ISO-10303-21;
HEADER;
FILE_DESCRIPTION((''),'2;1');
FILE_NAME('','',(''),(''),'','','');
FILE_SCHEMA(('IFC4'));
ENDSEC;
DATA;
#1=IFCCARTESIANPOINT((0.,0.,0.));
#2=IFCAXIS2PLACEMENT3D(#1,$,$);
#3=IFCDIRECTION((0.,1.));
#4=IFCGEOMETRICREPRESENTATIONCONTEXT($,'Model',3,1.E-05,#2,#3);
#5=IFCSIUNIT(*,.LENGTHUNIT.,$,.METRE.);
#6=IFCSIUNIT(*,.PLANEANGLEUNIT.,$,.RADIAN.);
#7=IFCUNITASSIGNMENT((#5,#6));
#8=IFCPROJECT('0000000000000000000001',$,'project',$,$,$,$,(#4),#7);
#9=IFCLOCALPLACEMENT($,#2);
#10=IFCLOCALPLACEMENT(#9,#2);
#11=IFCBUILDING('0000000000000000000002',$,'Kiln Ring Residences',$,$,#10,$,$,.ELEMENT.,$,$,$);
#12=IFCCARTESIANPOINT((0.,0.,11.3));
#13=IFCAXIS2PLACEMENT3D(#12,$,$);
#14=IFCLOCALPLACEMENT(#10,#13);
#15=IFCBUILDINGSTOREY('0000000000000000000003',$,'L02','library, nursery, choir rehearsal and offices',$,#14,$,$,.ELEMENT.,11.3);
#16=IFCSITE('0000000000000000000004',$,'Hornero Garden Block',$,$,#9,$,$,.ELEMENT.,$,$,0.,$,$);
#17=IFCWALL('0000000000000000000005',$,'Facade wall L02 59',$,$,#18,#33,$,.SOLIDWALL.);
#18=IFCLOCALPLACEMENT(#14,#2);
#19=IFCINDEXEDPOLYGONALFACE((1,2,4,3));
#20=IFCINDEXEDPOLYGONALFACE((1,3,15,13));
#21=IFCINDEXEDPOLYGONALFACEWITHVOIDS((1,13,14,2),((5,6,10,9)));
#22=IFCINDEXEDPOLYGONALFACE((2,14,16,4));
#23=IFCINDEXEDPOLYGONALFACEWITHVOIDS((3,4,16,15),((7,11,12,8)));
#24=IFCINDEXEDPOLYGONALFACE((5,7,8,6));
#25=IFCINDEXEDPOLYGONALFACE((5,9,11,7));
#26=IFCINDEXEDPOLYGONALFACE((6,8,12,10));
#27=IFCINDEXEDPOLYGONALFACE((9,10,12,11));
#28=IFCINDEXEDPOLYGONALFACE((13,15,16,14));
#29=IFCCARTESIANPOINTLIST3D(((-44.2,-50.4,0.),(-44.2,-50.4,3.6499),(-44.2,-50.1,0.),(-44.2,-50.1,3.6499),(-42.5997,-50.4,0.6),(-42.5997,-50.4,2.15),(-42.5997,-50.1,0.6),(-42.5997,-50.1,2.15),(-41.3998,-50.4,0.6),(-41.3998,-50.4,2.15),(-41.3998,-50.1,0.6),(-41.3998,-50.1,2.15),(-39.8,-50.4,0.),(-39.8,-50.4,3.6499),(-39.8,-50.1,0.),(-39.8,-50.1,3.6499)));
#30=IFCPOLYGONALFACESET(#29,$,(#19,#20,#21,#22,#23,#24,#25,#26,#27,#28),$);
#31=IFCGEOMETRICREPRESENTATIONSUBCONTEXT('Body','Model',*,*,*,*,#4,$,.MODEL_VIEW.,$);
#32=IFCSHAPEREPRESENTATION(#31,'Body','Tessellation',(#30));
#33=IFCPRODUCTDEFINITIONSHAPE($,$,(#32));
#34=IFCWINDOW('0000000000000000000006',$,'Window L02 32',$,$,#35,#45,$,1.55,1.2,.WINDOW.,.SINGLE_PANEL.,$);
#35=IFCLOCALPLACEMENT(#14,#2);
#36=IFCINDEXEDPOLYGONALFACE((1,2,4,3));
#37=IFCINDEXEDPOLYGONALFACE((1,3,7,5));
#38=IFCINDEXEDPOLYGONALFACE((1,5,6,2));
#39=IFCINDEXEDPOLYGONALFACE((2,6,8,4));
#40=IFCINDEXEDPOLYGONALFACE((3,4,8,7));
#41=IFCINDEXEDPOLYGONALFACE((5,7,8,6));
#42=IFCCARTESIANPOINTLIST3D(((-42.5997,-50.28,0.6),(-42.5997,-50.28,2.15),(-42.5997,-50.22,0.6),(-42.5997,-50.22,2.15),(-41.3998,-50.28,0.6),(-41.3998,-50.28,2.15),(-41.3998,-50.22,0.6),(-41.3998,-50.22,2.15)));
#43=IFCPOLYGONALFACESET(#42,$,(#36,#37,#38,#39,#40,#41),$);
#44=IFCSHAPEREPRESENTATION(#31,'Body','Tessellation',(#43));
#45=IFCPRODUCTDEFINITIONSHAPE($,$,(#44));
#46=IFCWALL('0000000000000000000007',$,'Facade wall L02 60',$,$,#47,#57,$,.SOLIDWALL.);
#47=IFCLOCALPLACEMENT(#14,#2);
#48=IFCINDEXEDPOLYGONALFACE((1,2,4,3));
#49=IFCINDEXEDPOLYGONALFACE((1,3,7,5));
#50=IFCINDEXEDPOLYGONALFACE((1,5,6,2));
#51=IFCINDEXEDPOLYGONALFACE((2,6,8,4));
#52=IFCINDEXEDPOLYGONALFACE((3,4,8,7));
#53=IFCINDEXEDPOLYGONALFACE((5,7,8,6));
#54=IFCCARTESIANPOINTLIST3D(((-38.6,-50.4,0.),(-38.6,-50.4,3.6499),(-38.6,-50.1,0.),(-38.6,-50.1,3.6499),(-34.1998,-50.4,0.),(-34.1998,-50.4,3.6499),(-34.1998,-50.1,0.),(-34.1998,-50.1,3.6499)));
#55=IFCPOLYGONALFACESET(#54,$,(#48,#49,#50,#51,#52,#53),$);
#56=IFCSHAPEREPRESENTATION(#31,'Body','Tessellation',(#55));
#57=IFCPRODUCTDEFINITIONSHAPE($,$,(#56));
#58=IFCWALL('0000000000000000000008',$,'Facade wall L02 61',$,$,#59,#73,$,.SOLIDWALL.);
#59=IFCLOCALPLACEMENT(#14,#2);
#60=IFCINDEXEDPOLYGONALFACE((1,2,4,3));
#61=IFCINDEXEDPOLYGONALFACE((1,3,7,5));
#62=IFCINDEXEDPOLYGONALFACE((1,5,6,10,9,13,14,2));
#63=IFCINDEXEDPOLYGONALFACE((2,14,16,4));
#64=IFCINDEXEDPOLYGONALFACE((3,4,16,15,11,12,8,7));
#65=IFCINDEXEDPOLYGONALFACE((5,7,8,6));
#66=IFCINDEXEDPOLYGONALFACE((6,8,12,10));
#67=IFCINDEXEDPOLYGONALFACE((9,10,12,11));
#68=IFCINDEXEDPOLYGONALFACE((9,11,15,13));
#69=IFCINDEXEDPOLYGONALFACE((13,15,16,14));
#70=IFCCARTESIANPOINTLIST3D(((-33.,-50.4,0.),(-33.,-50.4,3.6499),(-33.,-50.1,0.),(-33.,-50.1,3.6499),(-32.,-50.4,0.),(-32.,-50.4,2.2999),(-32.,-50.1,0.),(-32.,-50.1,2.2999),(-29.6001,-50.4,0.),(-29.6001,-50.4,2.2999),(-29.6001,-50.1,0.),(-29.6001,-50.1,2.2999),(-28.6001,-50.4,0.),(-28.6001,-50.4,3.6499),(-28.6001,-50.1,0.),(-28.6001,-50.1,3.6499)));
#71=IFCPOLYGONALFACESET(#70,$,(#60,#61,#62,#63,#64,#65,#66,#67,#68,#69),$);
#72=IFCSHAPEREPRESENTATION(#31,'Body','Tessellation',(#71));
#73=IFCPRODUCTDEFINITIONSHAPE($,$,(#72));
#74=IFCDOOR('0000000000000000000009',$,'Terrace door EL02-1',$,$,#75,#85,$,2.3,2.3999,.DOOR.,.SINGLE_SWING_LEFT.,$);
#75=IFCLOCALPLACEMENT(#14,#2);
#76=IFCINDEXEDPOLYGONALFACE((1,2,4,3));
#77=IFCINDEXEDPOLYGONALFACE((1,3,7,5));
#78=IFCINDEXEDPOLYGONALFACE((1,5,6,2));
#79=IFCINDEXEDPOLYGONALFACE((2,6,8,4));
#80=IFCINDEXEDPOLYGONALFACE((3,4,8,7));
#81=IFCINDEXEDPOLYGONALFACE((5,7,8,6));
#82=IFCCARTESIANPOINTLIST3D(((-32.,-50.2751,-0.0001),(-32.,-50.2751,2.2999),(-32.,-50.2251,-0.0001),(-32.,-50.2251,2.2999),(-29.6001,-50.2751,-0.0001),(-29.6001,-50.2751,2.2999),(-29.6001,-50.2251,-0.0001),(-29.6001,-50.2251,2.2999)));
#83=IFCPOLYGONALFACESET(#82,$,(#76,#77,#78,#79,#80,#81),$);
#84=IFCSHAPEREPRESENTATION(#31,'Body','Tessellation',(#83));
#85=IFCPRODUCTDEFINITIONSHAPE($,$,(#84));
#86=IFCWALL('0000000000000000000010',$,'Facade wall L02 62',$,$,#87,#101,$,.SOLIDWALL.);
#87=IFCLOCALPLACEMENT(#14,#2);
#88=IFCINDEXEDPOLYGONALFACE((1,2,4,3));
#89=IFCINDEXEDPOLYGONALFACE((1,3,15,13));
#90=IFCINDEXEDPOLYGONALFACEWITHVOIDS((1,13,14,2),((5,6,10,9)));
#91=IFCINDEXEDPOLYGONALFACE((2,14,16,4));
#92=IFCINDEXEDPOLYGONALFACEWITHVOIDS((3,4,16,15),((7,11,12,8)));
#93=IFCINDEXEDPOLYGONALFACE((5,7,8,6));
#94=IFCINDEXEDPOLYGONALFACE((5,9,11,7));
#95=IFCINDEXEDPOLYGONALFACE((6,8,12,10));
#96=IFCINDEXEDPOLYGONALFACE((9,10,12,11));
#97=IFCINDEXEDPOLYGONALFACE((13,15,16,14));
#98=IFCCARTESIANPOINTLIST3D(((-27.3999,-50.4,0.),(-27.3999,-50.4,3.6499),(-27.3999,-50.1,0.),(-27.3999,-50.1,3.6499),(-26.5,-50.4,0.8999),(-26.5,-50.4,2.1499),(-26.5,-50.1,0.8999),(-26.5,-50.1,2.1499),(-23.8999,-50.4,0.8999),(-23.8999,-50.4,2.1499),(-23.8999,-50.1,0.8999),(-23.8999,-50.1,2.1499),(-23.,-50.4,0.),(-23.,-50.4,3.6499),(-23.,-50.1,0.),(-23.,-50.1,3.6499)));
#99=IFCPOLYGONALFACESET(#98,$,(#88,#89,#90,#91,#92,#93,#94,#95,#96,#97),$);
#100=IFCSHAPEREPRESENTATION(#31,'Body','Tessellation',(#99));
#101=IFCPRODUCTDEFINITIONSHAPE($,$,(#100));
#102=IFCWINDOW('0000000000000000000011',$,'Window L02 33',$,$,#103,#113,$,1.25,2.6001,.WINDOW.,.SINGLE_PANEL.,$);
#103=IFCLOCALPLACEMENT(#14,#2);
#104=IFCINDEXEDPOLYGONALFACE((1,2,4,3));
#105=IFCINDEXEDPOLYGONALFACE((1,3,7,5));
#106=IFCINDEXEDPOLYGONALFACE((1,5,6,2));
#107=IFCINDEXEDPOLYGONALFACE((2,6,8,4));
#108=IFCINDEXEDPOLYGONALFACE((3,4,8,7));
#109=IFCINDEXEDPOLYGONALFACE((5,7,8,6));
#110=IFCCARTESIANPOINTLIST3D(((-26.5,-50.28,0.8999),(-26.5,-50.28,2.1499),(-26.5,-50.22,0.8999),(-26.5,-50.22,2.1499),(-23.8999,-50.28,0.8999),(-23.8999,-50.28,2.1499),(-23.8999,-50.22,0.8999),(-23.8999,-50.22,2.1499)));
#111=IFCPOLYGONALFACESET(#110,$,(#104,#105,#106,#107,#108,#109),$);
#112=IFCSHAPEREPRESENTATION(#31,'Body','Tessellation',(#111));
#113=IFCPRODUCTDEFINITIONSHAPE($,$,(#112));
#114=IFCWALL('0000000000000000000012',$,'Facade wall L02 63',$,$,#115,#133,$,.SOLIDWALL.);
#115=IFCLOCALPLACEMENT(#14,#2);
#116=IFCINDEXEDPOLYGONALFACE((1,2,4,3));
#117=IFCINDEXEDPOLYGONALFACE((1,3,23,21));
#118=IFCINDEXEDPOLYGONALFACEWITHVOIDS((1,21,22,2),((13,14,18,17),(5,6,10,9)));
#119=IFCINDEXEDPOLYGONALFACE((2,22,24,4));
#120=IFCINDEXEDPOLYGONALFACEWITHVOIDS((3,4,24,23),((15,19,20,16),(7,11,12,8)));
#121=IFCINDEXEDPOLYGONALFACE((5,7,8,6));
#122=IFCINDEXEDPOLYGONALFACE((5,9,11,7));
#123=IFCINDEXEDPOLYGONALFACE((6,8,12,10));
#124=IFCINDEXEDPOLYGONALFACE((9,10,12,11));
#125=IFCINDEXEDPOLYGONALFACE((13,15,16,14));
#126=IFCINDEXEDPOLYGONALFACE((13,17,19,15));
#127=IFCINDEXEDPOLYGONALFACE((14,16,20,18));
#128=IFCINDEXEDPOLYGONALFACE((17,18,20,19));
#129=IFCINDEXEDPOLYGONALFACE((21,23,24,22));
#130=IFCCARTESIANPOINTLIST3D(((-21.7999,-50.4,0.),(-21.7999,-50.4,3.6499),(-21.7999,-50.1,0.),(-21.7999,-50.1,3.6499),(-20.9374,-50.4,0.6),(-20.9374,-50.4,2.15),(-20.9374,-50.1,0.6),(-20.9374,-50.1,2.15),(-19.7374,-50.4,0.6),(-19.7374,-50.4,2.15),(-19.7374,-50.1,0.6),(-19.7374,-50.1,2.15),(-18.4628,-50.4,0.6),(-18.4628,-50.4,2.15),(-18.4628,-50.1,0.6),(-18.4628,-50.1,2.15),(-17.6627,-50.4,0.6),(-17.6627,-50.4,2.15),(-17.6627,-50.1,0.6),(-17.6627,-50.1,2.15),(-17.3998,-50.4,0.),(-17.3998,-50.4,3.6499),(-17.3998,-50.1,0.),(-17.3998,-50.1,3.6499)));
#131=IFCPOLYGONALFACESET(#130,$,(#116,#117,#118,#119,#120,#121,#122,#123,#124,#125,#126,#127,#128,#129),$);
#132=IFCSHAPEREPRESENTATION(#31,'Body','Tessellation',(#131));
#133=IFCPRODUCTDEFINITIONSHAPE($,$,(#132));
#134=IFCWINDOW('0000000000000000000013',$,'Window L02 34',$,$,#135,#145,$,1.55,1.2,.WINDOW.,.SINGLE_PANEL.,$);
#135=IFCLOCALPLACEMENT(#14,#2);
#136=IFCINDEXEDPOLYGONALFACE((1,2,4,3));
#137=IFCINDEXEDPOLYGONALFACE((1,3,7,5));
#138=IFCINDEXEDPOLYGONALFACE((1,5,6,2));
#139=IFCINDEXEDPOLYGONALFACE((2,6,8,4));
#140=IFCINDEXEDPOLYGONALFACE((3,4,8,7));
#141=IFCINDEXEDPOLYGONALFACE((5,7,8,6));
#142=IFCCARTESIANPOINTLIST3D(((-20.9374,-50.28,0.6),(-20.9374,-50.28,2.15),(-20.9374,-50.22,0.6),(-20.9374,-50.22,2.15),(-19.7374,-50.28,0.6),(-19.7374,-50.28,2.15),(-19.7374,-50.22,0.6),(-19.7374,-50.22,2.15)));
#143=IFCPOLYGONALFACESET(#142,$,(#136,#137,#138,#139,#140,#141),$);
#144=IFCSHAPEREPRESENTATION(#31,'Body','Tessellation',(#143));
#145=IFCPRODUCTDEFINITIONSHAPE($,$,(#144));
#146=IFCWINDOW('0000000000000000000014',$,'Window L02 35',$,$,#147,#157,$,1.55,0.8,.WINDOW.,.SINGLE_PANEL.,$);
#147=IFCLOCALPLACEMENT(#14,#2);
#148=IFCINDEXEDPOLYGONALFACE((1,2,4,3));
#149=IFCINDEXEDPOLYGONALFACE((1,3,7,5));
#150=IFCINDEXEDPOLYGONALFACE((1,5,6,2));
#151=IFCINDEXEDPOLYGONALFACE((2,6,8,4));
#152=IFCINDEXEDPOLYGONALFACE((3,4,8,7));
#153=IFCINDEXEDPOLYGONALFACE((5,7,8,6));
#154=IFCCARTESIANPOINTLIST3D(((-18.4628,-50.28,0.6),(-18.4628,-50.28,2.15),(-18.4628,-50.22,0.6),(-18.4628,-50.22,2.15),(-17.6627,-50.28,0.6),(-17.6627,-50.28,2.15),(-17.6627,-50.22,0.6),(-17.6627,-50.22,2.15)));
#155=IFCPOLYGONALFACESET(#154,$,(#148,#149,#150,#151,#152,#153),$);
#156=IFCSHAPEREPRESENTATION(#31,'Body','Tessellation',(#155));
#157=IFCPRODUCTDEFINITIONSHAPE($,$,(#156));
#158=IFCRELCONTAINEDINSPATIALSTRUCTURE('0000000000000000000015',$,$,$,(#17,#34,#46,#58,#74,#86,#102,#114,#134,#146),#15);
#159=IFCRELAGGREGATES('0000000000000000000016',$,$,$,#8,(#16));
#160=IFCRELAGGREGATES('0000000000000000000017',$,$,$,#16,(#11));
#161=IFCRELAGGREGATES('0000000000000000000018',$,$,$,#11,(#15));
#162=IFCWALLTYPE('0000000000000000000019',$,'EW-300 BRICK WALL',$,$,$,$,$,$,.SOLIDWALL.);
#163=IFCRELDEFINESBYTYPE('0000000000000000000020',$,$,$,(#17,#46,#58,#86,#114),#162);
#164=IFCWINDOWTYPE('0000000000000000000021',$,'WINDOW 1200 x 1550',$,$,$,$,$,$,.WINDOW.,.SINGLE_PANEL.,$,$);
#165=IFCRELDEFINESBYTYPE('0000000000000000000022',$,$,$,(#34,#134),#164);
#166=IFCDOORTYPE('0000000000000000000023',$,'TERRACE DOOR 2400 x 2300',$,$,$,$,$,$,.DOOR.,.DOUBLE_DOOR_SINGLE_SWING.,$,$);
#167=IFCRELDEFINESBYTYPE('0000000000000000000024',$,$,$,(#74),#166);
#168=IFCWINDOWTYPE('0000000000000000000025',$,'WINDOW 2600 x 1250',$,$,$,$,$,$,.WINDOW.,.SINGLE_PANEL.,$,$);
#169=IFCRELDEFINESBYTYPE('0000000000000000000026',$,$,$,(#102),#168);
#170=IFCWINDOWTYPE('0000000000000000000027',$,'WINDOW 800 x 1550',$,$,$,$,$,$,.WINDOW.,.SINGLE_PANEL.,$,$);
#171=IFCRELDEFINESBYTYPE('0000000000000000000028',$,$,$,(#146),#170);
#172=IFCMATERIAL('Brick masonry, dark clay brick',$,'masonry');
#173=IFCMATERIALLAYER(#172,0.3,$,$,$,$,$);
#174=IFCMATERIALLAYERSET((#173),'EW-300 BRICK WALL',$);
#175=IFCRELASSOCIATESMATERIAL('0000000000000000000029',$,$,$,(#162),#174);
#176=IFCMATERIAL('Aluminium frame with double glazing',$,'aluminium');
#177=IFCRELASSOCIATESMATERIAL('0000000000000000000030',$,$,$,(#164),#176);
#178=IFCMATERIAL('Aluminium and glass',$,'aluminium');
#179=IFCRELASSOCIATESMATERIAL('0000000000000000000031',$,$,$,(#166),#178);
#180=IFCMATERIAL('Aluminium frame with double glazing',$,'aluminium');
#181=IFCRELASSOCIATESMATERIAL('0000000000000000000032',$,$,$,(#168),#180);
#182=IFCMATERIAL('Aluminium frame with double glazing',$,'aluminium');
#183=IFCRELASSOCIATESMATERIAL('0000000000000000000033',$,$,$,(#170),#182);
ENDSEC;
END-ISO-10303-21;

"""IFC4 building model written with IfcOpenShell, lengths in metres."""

from ifc_helpers import new_model, si_unit, direction, frame, frame_2d, origin, place, context, subcontext, project, spatial, rectangle, extrude, material, layer, layer_set, type_object, element, fill, save


model = new_model("IFC4")

# Units and contexts
model_context = context("Model", 3, precision=1e-05, world=origin(), true_north=direction((0.0, 1.0)))
body_context = subcontext(model_context, "Body", "Model", "MODEL_VIEW")
ifc_project = project(units=[si_unit("LENGTHUNIT", "METRE"), si_unit("PLANEANGLEUNIT", "RADIAN")], contexts=[model_context])

# Site, building, storey
site_placement = place(None, origin())
site = spatial("IfcSite", under=ifc_project, at=site_placement, Name="Hornero Garden Block", CompositionType="ELEMENT", RefElevation=0.0)
building_placement = place(site_placement, origin())
building = spatial("IfcBuilding", under=site, at=building_placement, Name="Kiln Ring Residences", CompositionType="ELEMENT")
storey_placement = place(building_placement, frame((0.0, 0.0, 11.3)))
storey = spatial("IfcBuildingStorey", under=building, at=storey_placement, Name="L02", Description="library, nursery, choir rehearsal and offices", CompositionType="ELEMENT", Elevation=11.3)

# Wall, opening, window
ifc_material_1 = material(Name="Brick masonry, dark clay brick", Category="masonry")
ifc_layer = layer(ifc_material_1, 0.3)
ifc_layer_set = layer_set([ifc_layer], Name="EW-300 BRICK WALL")
wall_type = type_object("IfcWallType", Name="EW-300 BRICK WALL", PredefinedType="SOLIDWALL", material=ifc_layer_set)
wall_1_placement = place(storey_placement, frame((-44.2, -50.25, 0.0), z_axis=(0.0, 0.0, 1.0), x_axis=(1.0, 0.0, 0.0)))
wall_1 = element("IfcWall", 1, at=wall_1_placement, inside=storey, type_object=wall_type, Name="Facade wall L02 59", PredefinedType="SOLIDWALL", context=body_context, shape_type="SweptSolid", body=[
    extrude(rectangle(XDim=4.3999, YDim=0.3, at=frame_2d((2.2, 0.0))), origin(), (0.0, 0.0, 1.0), 3.6499),
])
opening_1_placement = place(wall_1_placement, frame((1.6001, 0.0, 0.6001)))
opening_1 = element("IfcOpeningElement", 2, at=opening_1_placement, cuts=wall_1, PredefinedType="OPENING", context=body_context, shape_type="SweptSolid", body=[
    extrude(rectangle(XDim=1.2, YDim=1.55, at=frame_2d((0.6001, 0.7749))), frame((0.0, 0.1599, 0.0), z_axis=(0.0, -1.0, 0.0), x_axis=(1.0, 0.0, 0.0)), (0.0, 0.0, 1.0), 0.3201),
])
ifc_material_2 = material(Name="Aluminium frame with double glazing", Category="aluminium")
window_type_1 = type_object("IfcWindowType", Name="WINDOW 1200 x 1550", PartitioningType="SINGLE_PANEL", PredefinedType="WINDOW", material=ifc_material_2)
window_1_placement = place(opening_1_placement, origin())
window_1 = element("IfcWindow", 3, at=window_1_placement, inside=storey, type_object=window_type_1, Name="Window L02 32", OverallHeight=1.55, OverallWidth=1.2, PartitioningType="SINGLE_PANEL", PredefinedType="WINDOW", context=body_context, shape_type="SweptSolid", body=[
    extrude(rectangle(XDim=1.2, YDim=1.55, at=frame_2d((0.6001, 0.7749))), frame((0.0, 0.03, 0.0), z_axis=(0.0, -1.0, 0.0), x_axis=(1.0, 0.0, 0.0)), (0.0, 0.0, 1.0), 0.0601),
])
fill(opening_1, window_1)

# Wall
wall_2_placement = place(storey_placement, frame((-38.6001, -50.25, 0.0), z_axis=(0.0, 0.0, 1.0), x_axis=(1.0, 0.0, 0.0)))
element("IfcWall", 4, at=wall_2_placement, inside=storey, type_object=wall_type, Name="Facade wall L02 60", PredefinedType="SOLIDWALL", context=body_context, shape_type="SweptSolid", body=[
    extrude(rectangle(XDim=4.4001, YDim=0.3, at=frame_2d((2.2002, 0.0))), origin(), (0.0, 0.0, 1.0), 3.6499),
])

# Wall, opening, door
wall_3_placement = place(storey_placement, frame((-33.0, -50.25, 0.0), z_axis=(0.0, 0.0, 1.0), x_axis=(1.0, 0.0, 0.0)))
wall_3 = element("IfcWall", 5, at=wall_3_placement, inside=storey, type_object=wall_type, Name="Facade wall L02 61", PredefinedType="SOLIDWALL", context=body_context, shape_type="SweptSolid", body=[
    extrude(rectangle(XDim=4.3999, YDim=0.3, at=frame_2d((2.2, 0.0))), origin(), (0.0, 0.0, 1.0), 3.6499),
])
opening_2_placement = place(wall_3_placement, frame((1.0, 0.0, 0.0)))
opening_2 = element("IfcOpeningElement", 6, at=opening_2_placement, cuts=wall_3, PredefinedType="OPENING", context=body_context, shape_type="SweptSolid", body=[
    extrude(rectangle(XDim=2.3999, YDim=2.3, at=frame_2d((1.2, 1.1499))), frame((0.0, 0.1599, 0.0), z_axis=(0.0, -1.0, 0.0), x_axis=(1.0, 0.0, 0.0)), (0.0, 0.0, 1.0), 0.3201),
])
ifc_material_3 = material(Name="Aluminium and glass", Category="aluminium")
door_type = type_object("IfcDoorType", Name="TERRACE DOOR 2400 x 2300", OperationType="DOUBLE_DOOR_SINGLE_SWING", PredefinedType="DOOR", material=ifc_material_3)
door_placement = place(opening_2_placement, origin())
door = element("IfcDoor", 7, at=door_placement, inside=storey, type_object=door_type, Name="Terrace door EL02-1", OperationType="SINGLE_SWING_LEFT", OverallHeight=2.3, OverallWidth=2.3999, PredefinedType="DOOR", context=body_context, shape_type="SweptSolid", body=[
    extrude(rectangle(XDim=2.3999, YDim=2.3, at=frame_2d((1.2, 1.1499))), frame((0.0, 0.0249, 0.0), z_axis=(0.0, -1.0, 0.0), x_axis=(1.0, 0.0, 0.0)), (0.0, 0.0, 1.0), 0.05),
])
fill(opening_2, door)

# Wall, opening, window
wall_4_placement = place(storey_placement, frame((-27.3999, -50.25, 0.0), z_axis=(0.0, 0.0, 1.0), x_axis=(1.0, 0.0, 0.0)))
wall_4 = element("IfcWall", 8, at=wall_4_placement, inside=storey, type_object=wall_type, Name="Facade wall L02 62", PredefinedType="SOLIDWALL", context=body_context, shape_type="SweptSolid", body=[
    extrude(rectangle(XDim=4.3999, YDim=0.3, at=frame_2d((2.2, 0.0))), origin(), (0.0, 0.0, 1.0), 3.6499),
])
opening_3_placement = place(wall_4_placement, frame((0.8999, 0.0, 0.8999)))
opening_3 = element("IfcOpeningElement", 9, at=opening_3_placement, cuts=wall_4, PredefinedType="OPENING", context=body_context, shape_type="SweptSolid", body=[
    extrude(rectangle(XDim=2.6001, YDim=1.25, at=frame_2d((1.3, 0.625))), frame((0.0, 0.1599, 0.0), z_axis=(0.0, -1.0, 0.0), x_axis=(1.0, 0.0, 0.0)), (0.0, 0.0, 1.0), 0.3201),
])
ifc_material_4 = material(Name="Aluminium frame with double glazing", Category="aluminium")
window_type_2 = type_object("IfcWindowType", Name="WINDOW 2600 x 1250", PartitioningType="SINGLE_PANEL", PredefinedType="WINDOW", material=ifc_material_4)
window_2_placement = place(opening_3_placement, origin())
window_2 = element("IfcWindow", 10, at=window_2_placement, inside=storey, type_object=window_type_2, Name="Window L02 33", OverallHeight=1.25, OverallWidth=2.6001, PartitioningType="SINGLE_PANEL", PredefinedType="WINDOW", context=body_context, shape_type="SweptSolid", body=[
    extrude(rectangle(XDim=2.6001, YDim=1.25, at=frame_2d((1.3, 0.625))), frame((0.0, 0.03, 0.0), z_axis=(0.0, -1.0, 0.0), x_axis=(1.0, 0.0, 0.0)), (0.0, 0.0, 1.0), 0.0601),
])
fill(opening_3, window_2)

# Wall, openings, windows
wall_5_placement = place(storey_placement, frame((-21.8, -50.25, 0.0), z_axis=(0.0, 0.0, 1.0), x_axis=(1.0, 0.0, 0.0)))
wall_5 = element("IfcWall", 11, at=wall_5_placement, inside=storey, type_object=wall_type, Name="Facade wall L02 63", PredefinedType="SOLIDWALL", context=body_context, shape_type="SweptSolid", body=[
    extrude(rectangle(XDim=4.4001, YDim=0.3, at=frame_2d((2.2002, 0.0))), origin(), (0.0, 0.0, 1.0), 3.6499),
])
opening_4_placement = place(wall_5_placement, frame((0.8625, 0.0, 0.6001)))
opening_4 = element("IfcOpeningElement", 12, at=opening_4_placement, cuts=wall_5, PredefinedType="OPENING", context=body_context, shape_type="SweptSolid", body=[
    extrude(rectangle(XDim=1.2, YDim=1.55, at=frame_2d((0.6001, 0.7749))), frame((0.0, 0.1599, 0.0), z_axis=(0.0, -1.0, 0.0), x_axis=(1.0, 0.0, 0.0)), (0.0, 0.0, 1.0), 0.3201),
])
opening_5_placement = place(wall_5_placement, frame((3.3374, 0.0, 0.6001)))
opening_5 = element("IfcOpeningElement", 13, at=opening_5_placement, cuts=wall_5, PredefinedType="OPENING", context=body_context, shape_type="SweptSolid", body=[
    extrude(rectangle(XDim=0.8, YDim=1.55, at=frame_2d((0.3999, 0.7749))), frame((0.0, 0.1599, 0.0), z_axis=(0.0, -1.0, 0.0), x_axis=(1.0, 0.0, 0.0)), (0.0, 0.0, 1.0), 0.3201),
])
window_3_placement = place(opening_4_placement, origin())
window_3 = element("IfcWindow", 14, at=window_3_placement, inside=storey, type_object=window_type_1, Name="Window L02 34", OverallHeight=1.55, OverallWidth=1.2, PartitioningType="SINGLE_PANEL", PredefinedType="WINDOW", context=body_context, shape_type="SweptSolid", body=[
    extrude(rectangle(XDim=1.2, YDim=1.55, at=frame_2d((0.6001, 0.7749))), frame((0.0, 0.03, 0.0), z_axis=(0.0, -1.0, 0.0), x_axis=(1.0, 0.0, 0.0)), (0.0, 0.0, 1.0), 0.0601),
])
fill(opening_4, window_3)
ifc_material_5 = material(Name="Aluminium frame with double glazing", Category="aluminium")
window_type_3 = type_object("IfcWindowType", Name="WINDOW 800 x 1550", PartitioningType="SINGLE_PANEL", PredefinedType="WINDOW", material=ifc_material_5)
window_4_placement = place(opening_5_placement, origin())
window_4 = element("IfcWindow", 15, at=window_4_placement, inside=storey, type_object=window_type_3, Name="Window L02 35", OverallHeight=1.55, OverallWidth=0.8, PartitioningType="SINGLE_PANEL", PredefinedType="WINDOW", context=body_context, shape_type="SweptSolid", body=[
    extrude(rectangle(XDim=0.8, YDim=1.55, at=frame_2d((0.3999, 0.7749))), frame((0.0, 0.03, 0.0), z_axis=(0.0, -1.0, 0.0), x_axis=(1.0, 0.0, 0.0)), (0.0, 0.0, 1.0), 0.0601),
])
fill(opening_5, window_4)

save(model, "model.ifc")
